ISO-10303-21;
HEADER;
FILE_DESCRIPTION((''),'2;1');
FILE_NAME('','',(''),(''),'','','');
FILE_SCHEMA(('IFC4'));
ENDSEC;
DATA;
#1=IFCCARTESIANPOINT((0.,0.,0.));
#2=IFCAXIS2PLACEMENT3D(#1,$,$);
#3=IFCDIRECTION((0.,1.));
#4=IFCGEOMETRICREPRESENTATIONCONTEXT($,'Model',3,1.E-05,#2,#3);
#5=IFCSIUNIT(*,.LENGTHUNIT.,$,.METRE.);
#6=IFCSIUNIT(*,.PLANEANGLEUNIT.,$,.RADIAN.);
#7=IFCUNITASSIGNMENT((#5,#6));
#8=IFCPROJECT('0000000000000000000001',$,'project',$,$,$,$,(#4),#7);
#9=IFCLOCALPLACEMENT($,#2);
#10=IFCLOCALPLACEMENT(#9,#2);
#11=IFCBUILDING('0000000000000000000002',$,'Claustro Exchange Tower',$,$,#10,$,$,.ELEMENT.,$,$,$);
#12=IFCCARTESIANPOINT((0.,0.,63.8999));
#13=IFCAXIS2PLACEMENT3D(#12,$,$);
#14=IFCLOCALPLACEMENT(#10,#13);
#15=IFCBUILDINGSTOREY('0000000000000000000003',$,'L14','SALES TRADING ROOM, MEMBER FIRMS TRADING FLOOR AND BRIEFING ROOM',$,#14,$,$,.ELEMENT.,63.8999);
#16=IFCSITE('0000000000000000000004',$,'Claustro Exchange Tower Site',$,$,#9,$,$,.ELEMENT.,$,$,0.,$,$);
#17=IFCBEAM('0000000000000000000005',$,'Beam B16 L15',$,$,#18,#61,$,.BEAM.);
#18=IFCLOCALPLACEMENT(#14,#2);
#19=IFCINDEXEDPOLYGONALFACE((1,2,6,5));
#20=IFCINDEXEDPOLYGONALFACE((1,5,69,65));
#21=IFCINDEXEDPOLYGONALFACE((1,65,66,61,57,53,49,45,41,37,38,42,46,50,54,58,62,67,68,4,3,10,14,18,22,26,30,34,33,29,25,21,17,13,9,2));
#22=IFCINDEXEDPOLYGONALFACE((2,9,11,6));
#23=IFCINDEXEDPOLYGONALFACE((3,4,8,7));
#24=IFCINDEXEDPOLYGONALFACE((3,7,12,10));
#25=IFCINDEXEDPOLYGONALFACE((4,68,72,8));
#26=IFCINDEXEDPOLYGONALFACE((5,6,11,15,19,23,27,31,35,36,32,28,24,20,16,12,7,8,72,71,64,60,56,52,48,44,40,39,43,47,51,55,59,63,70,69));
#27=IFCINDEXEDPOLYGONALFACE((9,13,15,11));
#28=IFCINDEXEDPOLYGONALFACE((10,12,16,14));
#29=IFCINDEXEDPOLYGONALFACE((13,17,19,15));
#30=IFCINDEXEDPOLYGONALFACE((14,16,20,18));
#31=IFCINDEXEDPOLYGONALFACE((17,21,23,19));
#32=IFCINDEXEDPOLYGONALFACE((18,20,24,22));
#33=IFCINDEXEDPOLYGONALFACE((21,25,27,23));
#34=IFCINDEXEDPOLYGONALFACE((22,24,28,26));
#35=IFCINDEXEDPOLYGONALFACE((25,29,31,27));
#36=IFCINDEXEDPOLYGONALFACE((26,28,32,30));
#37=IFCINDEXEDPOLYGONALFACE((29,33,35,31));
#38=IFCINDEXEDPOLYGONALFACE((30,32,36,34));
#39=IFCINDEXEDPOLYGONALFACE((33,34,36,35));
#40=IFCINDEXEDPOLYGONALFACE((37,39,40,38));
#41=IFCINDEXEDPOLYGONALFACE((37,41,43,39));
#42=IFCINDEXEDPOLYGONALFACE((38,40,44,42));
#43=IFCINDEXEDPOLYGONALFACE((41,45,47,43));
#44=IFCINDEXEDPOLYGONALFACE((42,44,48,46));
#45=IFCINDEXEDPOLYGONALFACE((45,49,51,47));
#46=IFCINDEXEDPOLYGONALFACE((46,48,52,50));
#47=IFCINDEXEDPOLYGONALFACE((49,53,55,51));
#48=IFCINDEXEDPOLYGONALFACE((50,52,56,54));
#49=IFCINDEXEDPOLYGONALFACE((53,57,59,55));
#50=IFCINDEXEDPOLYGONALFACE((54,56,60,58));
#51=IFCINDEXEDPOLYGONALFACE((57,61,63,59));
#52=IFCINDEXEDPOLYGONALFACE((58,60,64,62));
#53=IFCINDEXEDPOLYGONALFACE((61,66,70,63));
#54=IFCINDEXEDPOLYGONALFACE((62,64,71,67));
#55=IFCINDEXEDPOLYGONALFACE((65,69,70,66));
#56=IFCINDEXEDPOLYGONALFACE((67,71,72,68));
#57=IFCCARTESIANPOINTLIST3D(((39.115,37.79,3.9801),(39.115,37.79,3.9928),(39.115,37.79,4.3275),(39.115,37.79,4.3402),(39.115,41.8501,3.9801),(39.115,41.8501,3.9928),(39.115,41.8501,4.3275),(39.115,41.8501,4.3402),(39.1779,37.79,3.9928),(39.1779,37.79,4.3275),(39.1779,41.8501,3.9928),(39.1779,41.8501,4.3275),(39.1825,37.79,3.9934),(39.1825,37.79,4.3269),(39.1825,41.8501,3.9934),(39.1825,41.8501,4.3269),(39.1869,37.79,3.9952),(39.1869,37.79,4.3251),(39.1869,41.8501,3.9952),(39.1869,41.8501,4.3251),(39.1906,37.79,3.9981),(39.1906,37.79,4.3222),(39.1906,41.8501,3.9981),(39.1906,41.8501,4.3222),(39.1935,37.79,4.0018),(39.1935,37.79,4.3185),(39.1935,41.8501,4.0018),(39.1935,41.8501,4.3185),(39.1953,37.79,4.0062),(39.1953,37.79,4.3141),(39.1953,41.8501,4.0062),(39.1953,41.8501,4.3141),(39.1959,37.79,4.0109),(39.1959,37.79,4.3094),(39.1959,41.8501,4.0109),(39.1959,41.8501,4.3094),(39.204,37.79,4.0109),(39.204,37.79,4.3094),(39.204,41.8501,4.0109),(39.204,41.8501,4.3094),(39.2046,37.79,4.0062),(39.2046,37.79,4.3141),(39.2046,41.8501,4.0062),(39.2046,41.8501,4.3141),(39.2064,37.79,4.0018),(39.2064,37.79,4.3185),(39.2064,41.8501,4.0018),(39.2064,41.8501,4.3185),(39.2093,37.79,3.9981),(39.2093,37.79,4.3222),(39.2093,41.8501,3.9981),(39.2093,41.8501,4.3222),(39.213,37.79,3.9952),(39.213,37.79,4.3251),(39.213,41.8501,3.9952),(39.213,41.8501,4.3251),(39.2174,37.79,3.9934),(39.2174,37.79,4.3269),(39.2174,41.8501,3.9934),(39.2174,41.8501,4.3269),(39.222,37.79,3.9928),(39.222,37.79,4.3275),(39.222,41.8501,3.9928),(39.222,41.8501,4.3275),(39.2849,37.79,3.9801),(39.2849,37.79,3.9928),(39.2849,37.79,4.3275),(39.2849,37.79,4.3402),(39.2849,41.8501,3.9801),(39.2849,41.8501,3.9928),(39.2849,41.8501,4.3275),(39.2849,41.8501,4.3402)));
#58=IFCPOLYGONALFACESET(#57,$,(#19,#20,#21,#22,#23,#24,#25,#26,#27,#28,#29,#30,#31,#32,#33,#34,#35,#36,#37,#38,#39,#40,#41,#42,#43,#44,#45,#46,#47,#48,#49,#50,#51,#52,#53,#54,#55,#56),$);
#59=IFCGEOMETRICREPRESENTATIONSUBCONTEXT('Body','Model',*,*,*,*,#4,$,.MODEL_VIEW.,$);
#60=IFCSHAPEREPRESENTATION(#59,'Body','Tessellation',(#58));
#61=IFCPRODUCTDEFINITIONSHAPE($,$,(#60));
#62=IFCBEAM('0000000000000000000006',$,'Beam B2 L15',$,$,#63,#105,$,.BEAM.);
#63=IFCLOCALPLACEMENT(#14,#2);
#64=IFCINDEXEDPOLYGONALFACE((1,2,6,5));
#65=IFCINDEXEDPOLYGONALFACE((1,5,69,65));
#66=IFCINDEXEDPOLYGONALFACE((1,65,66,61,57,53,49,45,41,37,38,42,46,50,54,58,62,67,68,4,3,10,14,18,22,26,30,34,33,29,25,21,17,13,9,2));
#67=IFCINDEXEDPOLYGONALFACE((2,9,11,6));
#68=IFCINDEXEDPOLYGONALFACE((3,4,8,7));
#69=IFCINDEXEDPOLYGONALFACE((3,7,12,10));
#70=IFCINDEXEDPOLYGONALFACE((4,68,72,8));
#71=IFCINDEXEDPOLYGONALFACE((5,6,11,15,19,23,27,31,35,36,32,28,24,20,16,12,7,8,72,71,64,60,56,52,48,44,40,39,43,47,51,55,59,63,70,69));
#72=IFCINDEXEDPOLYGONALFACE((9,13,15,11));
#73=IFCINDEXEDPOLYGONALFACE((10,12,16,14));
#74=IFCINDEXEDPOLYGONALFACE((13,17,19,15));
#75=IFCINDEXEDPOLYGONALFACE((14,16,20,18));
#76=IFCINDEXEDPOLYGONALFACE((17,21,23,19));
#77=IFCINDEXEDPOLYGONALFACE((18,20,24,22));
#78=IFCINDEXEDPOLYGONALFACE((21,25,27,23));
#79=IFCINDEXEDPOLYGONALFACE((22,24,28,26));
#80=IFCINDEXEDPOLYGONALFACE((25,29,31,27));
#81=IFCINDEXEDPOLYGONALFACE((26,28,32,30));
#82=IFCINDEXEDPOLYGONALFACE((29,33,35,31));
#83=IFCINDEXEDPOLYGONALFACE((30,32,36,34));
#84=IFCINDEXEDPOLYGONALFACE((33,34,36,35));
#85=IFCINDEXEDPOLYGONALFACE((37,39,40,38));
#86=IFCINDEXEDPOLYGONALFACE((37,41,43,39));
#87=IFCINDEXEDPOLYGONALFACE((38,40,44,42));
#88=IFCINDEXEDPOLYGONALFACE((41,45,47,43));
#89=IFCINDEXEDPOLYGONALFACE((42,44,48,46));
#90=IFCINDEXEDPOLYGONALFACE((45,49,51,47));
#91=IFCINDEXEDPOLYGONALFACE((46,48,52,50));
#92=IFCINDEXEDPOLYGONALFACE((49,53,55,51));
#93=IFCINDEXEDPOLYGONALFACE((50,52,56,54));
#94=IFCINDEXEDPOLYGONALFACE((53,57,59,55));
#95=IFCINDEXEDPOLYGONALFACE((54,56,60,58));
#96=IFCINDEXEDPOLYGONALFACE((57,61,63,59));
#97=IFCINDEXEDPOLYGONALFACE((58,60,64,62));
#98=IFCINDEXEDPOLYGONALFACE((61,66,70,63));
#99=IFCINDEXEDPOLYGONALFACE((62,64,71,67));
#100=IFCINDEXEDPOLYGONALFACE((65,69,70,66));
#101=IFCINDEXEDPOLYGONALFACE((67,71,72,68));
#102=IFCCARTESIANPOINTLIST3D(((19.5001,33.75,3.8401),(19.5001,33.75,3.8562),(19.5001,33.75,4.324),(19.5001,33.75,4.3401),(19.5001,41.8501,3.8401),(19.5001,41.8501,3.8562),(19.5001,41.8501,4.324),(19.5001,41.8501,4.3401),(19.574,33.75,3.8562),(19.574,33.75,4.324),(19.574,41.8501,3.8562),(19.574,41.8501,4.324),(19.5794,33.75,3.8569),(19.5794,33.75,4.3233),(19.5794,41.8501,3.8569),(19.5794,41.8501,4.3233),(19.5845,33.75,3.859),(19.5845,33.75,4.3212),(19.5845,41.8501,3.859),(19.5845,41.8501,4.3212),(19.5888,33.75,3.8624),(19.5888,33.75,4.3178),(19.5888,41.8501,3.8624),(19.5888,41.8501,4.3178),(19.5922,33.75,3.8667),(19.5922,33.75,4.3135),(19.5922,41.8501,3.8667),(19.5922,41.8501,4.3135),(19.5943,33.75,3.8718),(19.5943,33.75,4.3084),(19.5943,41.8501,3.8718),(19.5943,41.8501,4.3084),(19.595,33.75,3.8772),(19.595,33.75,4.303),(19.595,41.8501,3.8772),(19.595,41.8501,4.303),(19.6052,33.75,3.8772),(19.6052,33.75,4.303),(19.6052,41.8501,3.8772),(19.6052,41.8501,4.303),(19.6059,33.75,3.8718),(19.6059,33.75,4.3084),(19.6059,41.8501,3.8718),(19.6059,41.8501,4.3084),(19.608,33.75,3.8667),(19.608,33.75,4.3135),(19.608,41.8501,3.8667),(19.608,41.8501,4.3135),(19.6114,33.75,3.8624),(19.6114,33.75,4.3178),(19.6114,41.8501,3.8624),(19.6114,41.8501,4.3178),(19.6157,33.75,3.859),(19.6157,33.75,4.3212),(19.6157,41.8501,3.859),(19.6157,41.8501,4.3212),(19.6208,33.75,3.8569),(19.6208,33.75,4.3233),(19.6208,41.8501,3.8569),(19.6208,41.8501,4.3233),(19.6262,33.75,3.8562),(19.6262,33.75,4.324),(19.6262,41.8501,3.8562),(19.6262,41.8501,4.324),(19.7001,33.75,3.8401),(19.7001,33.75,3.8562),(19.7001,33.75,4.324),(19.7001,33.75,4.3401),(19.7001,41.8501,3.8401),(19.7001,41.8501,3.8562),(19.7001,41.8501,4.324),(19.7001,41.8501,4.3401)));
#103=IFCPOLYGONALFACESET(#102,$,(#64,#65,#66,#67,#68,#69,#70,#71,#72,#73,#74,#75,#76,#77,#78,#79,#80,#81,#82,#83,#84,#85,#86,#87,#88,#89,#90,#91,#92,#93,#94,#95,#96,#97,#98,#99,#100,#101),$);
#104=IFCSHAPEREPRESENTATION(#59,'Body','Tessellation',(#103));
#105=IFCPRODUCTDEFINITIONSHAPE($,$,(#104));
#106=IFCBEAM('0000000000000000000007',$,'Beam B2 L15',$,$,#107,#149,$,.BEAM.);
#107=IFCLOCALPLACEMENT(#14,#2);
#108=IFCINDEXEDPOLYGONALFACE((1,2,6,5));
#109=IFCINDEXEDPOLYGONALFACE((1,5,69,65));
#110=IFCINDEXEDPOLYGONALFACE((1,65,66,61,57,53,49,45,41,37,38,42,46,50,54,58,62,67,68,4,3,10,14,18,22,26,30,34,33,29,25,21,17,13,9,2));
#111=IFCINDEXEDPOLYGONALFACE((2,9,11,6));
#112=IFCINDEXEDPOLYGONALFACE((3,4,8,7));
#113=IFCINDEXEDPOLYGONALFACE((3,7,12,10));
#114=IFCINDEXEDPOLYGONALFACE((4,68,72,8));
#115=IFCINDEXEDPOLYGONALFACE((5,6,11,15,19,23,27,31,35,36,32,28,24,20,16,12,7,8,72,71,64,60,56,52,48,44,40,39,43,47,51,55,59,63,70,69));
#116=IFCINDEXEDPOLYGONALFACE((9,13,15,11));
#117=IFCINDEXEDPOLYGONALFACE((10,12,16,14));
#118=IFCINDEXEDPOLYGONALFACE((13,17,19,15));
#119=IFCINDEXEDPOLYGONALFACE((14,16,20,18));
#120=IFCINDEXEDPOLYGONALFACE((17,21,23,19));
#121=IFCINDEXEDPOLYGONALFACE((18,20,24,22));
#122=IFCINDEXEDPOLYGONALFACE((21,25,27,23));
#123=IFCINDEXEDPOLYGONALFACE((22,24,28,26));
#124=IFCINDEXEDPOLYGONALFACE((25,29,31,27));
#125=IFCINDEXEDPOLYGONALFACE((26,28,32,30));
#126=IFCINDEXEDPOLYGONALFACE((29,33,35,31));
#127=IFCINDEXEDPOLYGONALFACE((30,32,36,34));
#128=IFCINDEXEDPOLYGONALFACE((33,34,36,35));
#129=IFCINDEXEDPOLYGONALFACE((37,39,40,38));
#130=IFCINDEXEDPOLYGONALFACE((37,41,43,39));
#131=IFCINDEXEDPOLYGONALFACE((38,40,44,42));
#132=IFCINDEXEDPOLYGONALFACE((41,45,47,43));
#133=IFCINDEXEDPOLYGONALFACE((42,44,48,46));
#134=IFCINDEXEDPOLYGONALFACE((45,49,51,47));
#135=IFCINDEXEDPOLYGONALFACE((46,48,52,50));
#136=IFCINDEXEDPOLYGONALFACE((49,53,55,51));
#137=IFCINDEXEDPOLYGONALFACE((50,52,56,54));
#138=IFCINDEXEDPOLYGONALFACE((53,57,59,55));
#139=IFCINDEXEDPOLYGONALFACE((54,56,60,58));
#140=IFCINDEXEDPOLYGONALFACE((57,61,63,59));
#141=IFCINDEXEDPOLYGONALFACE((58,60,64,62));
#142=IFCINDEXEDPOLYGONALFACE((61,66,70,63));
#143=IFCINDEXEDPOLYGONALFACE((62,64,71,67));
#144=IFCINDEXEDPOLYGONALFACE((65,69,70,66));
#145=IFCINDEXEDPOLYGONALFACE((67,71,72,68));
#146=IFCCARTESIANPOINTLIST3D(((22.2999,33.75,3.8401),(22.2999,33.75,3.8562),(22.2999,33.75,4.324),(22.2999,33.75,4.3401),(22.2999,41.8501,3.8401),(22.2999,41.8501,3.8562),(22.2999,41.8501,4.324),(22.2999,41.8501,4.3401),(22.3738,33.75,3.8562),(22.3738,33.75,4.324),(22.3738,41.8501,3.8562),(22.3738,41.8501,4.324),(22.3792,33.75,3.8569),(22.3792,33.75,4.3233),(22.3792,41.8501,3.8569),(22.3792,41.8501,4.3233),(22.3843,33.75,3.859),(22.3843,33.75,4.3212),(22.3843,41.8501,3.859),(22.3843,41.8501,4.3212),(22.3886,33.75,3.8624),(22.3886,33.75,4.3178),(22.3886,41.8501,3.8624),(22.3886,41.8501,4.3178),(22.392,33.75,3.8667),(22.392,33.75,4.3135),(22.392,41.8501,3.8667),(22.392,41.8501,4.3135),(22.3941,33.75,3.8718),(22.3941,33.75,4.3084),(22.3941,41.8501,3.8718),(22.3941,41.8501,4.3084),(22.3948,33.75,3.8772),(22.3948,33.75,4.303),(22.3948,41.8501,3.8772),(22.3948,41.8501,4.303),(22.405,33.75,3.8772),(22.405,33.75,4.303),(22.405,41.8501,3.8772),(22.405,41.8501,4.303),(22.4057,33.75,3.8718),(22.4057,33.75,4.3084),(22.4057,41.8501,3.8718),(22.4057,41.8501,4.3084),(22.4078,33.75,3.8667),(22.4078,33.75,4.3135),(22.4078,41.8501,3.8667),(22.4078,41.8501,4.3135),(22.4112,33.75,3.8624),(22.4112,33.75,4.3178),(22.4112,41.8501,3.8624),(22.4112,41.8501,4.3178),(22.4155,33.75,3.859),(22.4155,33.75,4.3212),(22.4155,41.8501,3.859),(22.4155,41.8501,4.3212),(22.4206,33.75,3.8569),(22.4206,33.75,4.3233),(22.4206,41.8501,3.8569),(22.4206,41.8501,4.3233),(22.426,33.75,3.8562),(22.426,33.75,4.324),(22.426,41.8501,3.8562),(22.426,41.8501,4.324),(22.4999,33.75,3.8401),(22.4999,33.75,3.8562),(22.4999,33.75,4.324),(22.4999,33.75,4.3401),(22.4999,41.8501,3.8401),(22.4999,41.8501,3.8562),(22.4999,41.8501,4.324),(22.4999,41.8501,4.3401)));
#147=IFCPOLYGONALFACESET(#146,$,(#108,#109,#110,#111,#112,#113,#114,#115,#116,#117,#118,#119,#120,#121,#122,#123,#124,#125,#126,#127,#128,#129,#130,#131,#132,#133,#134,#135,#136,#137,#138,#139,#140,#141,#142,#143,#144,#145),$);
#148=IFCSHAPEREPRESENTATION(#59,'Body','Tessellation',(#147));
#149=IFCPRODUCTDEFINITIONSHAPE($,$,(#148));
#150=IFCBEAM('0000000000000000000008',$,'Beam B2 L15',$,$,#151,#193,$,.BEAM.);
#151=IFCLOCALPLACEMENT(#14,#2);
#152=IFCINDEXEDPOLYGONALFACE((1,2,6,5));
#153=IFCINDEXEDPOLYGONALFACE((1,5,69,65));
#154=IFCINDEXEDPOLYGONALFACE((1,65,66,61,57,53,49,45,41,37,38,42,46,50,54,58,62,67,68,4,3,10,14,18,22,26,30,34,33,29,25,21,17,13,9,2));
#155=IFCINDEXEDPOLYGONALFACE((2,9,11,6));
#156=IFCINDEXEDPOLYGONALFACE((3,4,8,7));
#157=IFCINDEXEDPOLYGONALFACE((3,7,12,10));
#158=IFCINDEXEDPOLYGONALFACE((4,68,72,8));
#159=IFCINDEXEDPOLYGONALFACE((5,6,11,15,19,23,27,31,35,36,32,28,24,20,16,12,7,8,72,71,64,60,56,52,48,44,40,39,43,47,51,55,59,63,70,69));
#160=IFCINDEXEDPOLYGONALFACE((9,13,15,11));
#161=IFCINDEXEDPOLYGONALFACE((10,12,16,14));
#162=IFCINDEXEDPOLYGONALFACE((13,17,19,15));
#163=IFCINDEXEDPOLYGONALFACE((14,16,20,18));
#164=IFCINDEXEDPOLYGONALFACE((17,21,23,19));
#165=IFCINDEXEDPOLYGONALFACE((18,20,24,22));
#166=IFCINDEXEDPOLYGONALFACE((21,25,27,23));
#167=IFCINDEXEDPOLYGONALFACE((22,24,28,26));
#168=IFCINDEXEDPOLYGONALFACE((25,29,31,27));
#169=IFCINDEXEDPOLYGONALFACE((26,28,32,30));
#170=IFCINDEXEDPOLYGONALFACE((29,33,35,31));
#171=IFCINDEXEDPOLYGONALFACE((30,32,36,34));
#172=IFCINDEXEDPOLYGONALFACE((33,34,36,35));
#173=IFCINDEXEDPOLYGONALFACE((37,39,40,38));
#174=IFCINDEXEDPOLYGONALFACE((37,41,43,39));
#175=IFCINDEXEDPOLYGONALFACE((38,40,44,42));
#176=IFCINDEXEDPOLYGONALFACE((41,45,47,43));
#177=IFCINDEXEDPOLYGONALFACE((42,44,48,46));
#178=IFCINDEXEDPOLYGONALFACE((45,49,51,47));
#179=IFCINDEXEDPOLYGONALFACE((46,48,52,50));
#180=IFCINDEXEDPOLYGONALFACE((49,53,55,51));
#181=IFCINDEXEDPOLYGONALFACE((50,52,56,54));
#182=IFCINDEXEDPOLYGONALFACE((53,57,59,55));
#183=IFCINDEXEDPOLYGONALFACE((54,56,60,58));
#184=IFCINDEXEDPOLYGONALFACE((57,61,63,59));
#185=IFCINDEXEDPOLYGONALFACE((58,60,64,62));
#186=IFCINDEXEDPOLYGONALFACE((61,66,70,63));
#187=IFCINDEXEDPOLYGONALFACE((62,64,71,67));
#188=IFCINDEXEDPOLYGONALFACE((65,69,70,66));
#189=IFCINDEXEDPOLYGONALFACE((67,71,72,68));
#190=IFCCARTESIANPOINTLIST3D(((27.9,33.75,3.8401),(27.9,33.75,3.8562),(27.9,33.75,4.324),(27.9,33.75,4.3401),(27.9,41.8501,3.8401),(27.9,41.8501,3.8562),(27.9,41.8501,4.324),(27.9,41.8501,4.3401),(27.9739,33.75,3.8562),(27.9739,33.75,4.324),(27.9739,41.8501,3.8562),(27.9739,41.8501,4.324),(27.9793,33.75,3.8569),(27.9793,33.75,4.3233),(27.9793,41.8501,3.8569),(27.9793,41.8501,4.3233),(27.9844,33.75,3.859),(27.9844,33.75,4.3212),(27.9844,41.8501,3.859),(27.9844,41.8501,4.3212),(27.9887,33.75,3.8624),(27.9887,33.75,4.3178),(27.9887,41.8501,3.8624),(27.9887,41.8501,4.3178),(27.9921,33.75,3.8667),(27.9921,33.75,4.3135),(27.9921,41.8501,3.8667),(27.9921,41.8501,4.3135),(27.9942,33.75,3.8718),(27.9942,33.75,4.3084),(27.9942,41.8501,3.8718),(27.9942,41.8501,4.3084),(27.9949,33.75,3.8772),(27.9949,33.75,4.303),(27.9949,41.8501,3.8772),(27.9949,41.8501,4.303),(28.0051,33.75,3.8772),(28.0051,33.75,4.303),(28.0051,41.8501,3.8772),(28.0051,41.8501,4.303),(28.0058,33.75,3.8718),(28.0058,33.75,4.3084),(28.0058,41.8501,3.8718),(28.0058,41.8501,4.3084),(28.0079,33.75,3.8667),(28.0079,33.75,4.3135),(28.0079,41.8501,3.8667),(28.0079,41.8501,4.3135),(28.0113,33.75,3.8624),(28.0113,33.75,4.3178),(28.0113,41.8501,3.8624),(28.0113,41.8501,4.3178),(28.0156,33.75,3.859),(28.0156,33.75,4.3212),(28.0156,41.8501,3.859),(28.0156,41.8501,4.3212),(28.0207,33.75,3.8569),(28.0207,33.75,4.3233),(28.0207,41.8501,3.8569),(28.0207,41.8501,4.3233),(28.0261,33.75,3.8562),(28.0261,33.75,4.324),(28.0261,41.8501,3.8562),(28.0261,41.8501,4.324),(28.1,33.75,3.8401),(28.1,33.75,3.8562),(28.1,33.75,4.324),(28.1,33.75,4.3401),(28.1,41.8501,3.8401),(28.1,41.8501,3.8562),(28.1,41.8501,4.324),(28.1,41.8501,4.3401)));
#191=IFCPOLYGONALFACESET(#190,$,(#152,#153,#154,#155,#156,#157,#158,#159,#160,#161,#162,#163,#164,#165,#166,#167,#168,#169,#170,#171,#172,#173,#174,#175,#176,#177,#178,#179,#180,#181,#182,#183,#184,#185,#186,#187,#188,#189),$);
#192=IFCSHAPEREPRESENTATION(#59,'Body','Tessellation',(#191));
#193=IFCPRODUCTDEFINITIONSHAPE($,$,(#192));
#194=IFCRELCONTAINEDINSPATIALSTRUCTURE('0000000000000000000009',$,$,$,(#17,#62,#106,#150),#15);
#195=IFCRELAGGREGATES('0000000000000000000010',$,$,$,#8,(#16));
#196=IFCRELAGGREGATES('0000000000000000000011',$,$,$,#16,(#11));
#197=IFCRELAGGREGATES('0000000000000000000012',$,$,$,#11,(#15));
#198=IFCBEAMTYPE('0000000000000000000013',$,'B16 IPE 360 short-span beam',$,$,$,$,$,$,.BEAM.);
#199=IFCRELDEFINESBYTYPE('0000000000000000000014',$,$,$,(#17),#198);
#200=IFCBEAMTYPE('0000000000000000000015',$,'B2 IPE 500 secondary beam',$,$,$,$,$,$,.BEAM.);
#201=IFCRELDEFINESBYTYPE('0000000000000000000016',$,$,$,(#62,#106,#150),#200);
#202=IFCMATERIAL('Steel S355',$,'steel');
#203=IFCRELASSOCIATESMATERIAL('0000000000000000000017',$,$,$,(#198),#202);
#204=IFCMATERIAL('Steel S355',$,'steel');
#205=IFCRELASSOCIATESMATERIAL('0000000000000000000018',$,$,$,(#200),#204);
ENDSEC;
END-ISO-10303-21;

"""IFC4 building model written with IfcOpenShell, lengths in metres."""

from ifc_helpers import new_model, si_unit, direction, frame, origin, origin_2d, place, context, subcontext, project, spatial, i_section, extrude, material, material_profile, profile_set, type_object, element, save


model = new_model("IFC4")

# Units and contexts
model_context = context("Model", 3, precision=1e-05, world=origin(), true_north=direction((0.0, 1.0)))
body_context = subcontext(model_context, "Body", "Model", "MODEL_VIEW")
ifc_project = project(units=[si_unit("LENGTHUNIT", "METRE"), si_unit("PLANEANGLEUNIT", "RADIAN")], contexts=[model_context])

# Site, building, storey
site_placement = place(None, origin())
site = spatial("IfcSite", under=ifc_project, at=site_placement, Name="Claustro Exchange Tower Site", CompositionType="ELEMENT", RefElevation=0.0)
building_placement = place(site_placement, origin())
building = spatial("IfcBuilding", under=site, at=building_placement, Name="Claustro Exchange Tower", CompositionType="ELEMENT")
storey_placement = place(building_placement, frame((0.0, 0.0, 63.8999)))
storey = spatial("IfcBuildingStorey", under=building, at=storey_placement, Name="L14", Description="SALES TRADING ROOM, MEMBER FIRMS TRADING FLOOR AND BRIEFING ROOM", CompositionType="ELEMENT", Elevation=63.8999)

# Beams
ifc_material_1 = material(Name="Steel S355", Category="steel")
ifc_material_profile_1 = material_profile(ifc_material_1, i_section(OverallWidth=0.1699, OverallDepth=0.3601, WebThickness=0.0081, FlangeThickness=0.0127, FilletRadius=0.0181, at=origin_2d()), Name="IPE 360")
ifc_profile_set_1 = profile_set([ifc_material_profile_1], Name="Steel S355")
beam_type_1 = type_object("IfcBeamType", Name="B16 IPE 360 short-span beam", PredefinedType="BEAM", material=ifc_profile_set_1)
for number, where, z_axis, x_axis, name in (
    (1, (39.2, 37.79, 4.1602), (0.0, 1.0, 0.0), (-1.0, 0.0, 0.0), "Beam B16 L15"),
):
    element("IfcBeam", number, at=place(storey_placement, frame(where, z_axis=z_axis, x_axis=x_axis)), inside=storey, type_object=beam_type_1, Name=name, PredefinedType="BEAM", context=body_context, shape_type="SweptSolid", body=[
        extrude(i_section(OverallWidth=0.1699, OverallDepth=0.3601, WebThickness=0.0081, FlangeThickness=0.0127, FilletRadius=0.0181, at=origin_2d()), origin(), (0.0, 0.0, 1.0), 4.0601),
    ])
ifc_material_2 = material(Name="Steel S355", Category="steel")
ifc_material_profile_2 = material_profile(ifc_material_2, i_section(OverallWidth=0.2, OverallDepth=0.5, WebThickness=0.0103, FlangeThickness=0.0161, FilletRadius=0.021, at=origin_2d()), Name="IPE 500")
ifc_profile_set_2 = profile_set([ifc_material_profile_2], Name="Steel S355")
beam_type_2 = type_object("IfcBeamType", Name="B2 IPE 500 secondary beam", PredefinedType="BEAM", material=ifc_profile_set_2)
for number, where, z_axis, x_axis, name in (
    (2, (19.6001, 33.75, 4.0901), (0.0, 1.0, 0.0), (-1.0, 0.0, 0.0), "Beam B2 L15"),
    (3, (22.3999, 33.75, 4.0901), (0.0, 1.0, 0.0), (-1.0, 0.0, 0.0), "Beam B2 L15"),
    (4, (28.0, 33.75, 4.0901), (0.0, 1.0, 0.0), (-1.0, 0.0, 0.0), "Beam B2 L15"),
):
    element("IfcBeam", number, at=place(storey_placement, frame(where, z_axis=z_axis, x_axis=x_axis)), inside=storey, type_object=beam_type_2, Name=name, PredefinedType="BEAM", context=body_context, shape_type="SweptSolid", body=[
        extrude(i_section(OverallWidth=0.2, OverallDepth=0.5, WebThickness=0.0103, FlangeThickness=0.0161, FilletRadius=0.021, at=origin_2d()), origin(), (0.0, 0.0, 1.0), 8.1001),
    ])

save(model, "model.ifc")
